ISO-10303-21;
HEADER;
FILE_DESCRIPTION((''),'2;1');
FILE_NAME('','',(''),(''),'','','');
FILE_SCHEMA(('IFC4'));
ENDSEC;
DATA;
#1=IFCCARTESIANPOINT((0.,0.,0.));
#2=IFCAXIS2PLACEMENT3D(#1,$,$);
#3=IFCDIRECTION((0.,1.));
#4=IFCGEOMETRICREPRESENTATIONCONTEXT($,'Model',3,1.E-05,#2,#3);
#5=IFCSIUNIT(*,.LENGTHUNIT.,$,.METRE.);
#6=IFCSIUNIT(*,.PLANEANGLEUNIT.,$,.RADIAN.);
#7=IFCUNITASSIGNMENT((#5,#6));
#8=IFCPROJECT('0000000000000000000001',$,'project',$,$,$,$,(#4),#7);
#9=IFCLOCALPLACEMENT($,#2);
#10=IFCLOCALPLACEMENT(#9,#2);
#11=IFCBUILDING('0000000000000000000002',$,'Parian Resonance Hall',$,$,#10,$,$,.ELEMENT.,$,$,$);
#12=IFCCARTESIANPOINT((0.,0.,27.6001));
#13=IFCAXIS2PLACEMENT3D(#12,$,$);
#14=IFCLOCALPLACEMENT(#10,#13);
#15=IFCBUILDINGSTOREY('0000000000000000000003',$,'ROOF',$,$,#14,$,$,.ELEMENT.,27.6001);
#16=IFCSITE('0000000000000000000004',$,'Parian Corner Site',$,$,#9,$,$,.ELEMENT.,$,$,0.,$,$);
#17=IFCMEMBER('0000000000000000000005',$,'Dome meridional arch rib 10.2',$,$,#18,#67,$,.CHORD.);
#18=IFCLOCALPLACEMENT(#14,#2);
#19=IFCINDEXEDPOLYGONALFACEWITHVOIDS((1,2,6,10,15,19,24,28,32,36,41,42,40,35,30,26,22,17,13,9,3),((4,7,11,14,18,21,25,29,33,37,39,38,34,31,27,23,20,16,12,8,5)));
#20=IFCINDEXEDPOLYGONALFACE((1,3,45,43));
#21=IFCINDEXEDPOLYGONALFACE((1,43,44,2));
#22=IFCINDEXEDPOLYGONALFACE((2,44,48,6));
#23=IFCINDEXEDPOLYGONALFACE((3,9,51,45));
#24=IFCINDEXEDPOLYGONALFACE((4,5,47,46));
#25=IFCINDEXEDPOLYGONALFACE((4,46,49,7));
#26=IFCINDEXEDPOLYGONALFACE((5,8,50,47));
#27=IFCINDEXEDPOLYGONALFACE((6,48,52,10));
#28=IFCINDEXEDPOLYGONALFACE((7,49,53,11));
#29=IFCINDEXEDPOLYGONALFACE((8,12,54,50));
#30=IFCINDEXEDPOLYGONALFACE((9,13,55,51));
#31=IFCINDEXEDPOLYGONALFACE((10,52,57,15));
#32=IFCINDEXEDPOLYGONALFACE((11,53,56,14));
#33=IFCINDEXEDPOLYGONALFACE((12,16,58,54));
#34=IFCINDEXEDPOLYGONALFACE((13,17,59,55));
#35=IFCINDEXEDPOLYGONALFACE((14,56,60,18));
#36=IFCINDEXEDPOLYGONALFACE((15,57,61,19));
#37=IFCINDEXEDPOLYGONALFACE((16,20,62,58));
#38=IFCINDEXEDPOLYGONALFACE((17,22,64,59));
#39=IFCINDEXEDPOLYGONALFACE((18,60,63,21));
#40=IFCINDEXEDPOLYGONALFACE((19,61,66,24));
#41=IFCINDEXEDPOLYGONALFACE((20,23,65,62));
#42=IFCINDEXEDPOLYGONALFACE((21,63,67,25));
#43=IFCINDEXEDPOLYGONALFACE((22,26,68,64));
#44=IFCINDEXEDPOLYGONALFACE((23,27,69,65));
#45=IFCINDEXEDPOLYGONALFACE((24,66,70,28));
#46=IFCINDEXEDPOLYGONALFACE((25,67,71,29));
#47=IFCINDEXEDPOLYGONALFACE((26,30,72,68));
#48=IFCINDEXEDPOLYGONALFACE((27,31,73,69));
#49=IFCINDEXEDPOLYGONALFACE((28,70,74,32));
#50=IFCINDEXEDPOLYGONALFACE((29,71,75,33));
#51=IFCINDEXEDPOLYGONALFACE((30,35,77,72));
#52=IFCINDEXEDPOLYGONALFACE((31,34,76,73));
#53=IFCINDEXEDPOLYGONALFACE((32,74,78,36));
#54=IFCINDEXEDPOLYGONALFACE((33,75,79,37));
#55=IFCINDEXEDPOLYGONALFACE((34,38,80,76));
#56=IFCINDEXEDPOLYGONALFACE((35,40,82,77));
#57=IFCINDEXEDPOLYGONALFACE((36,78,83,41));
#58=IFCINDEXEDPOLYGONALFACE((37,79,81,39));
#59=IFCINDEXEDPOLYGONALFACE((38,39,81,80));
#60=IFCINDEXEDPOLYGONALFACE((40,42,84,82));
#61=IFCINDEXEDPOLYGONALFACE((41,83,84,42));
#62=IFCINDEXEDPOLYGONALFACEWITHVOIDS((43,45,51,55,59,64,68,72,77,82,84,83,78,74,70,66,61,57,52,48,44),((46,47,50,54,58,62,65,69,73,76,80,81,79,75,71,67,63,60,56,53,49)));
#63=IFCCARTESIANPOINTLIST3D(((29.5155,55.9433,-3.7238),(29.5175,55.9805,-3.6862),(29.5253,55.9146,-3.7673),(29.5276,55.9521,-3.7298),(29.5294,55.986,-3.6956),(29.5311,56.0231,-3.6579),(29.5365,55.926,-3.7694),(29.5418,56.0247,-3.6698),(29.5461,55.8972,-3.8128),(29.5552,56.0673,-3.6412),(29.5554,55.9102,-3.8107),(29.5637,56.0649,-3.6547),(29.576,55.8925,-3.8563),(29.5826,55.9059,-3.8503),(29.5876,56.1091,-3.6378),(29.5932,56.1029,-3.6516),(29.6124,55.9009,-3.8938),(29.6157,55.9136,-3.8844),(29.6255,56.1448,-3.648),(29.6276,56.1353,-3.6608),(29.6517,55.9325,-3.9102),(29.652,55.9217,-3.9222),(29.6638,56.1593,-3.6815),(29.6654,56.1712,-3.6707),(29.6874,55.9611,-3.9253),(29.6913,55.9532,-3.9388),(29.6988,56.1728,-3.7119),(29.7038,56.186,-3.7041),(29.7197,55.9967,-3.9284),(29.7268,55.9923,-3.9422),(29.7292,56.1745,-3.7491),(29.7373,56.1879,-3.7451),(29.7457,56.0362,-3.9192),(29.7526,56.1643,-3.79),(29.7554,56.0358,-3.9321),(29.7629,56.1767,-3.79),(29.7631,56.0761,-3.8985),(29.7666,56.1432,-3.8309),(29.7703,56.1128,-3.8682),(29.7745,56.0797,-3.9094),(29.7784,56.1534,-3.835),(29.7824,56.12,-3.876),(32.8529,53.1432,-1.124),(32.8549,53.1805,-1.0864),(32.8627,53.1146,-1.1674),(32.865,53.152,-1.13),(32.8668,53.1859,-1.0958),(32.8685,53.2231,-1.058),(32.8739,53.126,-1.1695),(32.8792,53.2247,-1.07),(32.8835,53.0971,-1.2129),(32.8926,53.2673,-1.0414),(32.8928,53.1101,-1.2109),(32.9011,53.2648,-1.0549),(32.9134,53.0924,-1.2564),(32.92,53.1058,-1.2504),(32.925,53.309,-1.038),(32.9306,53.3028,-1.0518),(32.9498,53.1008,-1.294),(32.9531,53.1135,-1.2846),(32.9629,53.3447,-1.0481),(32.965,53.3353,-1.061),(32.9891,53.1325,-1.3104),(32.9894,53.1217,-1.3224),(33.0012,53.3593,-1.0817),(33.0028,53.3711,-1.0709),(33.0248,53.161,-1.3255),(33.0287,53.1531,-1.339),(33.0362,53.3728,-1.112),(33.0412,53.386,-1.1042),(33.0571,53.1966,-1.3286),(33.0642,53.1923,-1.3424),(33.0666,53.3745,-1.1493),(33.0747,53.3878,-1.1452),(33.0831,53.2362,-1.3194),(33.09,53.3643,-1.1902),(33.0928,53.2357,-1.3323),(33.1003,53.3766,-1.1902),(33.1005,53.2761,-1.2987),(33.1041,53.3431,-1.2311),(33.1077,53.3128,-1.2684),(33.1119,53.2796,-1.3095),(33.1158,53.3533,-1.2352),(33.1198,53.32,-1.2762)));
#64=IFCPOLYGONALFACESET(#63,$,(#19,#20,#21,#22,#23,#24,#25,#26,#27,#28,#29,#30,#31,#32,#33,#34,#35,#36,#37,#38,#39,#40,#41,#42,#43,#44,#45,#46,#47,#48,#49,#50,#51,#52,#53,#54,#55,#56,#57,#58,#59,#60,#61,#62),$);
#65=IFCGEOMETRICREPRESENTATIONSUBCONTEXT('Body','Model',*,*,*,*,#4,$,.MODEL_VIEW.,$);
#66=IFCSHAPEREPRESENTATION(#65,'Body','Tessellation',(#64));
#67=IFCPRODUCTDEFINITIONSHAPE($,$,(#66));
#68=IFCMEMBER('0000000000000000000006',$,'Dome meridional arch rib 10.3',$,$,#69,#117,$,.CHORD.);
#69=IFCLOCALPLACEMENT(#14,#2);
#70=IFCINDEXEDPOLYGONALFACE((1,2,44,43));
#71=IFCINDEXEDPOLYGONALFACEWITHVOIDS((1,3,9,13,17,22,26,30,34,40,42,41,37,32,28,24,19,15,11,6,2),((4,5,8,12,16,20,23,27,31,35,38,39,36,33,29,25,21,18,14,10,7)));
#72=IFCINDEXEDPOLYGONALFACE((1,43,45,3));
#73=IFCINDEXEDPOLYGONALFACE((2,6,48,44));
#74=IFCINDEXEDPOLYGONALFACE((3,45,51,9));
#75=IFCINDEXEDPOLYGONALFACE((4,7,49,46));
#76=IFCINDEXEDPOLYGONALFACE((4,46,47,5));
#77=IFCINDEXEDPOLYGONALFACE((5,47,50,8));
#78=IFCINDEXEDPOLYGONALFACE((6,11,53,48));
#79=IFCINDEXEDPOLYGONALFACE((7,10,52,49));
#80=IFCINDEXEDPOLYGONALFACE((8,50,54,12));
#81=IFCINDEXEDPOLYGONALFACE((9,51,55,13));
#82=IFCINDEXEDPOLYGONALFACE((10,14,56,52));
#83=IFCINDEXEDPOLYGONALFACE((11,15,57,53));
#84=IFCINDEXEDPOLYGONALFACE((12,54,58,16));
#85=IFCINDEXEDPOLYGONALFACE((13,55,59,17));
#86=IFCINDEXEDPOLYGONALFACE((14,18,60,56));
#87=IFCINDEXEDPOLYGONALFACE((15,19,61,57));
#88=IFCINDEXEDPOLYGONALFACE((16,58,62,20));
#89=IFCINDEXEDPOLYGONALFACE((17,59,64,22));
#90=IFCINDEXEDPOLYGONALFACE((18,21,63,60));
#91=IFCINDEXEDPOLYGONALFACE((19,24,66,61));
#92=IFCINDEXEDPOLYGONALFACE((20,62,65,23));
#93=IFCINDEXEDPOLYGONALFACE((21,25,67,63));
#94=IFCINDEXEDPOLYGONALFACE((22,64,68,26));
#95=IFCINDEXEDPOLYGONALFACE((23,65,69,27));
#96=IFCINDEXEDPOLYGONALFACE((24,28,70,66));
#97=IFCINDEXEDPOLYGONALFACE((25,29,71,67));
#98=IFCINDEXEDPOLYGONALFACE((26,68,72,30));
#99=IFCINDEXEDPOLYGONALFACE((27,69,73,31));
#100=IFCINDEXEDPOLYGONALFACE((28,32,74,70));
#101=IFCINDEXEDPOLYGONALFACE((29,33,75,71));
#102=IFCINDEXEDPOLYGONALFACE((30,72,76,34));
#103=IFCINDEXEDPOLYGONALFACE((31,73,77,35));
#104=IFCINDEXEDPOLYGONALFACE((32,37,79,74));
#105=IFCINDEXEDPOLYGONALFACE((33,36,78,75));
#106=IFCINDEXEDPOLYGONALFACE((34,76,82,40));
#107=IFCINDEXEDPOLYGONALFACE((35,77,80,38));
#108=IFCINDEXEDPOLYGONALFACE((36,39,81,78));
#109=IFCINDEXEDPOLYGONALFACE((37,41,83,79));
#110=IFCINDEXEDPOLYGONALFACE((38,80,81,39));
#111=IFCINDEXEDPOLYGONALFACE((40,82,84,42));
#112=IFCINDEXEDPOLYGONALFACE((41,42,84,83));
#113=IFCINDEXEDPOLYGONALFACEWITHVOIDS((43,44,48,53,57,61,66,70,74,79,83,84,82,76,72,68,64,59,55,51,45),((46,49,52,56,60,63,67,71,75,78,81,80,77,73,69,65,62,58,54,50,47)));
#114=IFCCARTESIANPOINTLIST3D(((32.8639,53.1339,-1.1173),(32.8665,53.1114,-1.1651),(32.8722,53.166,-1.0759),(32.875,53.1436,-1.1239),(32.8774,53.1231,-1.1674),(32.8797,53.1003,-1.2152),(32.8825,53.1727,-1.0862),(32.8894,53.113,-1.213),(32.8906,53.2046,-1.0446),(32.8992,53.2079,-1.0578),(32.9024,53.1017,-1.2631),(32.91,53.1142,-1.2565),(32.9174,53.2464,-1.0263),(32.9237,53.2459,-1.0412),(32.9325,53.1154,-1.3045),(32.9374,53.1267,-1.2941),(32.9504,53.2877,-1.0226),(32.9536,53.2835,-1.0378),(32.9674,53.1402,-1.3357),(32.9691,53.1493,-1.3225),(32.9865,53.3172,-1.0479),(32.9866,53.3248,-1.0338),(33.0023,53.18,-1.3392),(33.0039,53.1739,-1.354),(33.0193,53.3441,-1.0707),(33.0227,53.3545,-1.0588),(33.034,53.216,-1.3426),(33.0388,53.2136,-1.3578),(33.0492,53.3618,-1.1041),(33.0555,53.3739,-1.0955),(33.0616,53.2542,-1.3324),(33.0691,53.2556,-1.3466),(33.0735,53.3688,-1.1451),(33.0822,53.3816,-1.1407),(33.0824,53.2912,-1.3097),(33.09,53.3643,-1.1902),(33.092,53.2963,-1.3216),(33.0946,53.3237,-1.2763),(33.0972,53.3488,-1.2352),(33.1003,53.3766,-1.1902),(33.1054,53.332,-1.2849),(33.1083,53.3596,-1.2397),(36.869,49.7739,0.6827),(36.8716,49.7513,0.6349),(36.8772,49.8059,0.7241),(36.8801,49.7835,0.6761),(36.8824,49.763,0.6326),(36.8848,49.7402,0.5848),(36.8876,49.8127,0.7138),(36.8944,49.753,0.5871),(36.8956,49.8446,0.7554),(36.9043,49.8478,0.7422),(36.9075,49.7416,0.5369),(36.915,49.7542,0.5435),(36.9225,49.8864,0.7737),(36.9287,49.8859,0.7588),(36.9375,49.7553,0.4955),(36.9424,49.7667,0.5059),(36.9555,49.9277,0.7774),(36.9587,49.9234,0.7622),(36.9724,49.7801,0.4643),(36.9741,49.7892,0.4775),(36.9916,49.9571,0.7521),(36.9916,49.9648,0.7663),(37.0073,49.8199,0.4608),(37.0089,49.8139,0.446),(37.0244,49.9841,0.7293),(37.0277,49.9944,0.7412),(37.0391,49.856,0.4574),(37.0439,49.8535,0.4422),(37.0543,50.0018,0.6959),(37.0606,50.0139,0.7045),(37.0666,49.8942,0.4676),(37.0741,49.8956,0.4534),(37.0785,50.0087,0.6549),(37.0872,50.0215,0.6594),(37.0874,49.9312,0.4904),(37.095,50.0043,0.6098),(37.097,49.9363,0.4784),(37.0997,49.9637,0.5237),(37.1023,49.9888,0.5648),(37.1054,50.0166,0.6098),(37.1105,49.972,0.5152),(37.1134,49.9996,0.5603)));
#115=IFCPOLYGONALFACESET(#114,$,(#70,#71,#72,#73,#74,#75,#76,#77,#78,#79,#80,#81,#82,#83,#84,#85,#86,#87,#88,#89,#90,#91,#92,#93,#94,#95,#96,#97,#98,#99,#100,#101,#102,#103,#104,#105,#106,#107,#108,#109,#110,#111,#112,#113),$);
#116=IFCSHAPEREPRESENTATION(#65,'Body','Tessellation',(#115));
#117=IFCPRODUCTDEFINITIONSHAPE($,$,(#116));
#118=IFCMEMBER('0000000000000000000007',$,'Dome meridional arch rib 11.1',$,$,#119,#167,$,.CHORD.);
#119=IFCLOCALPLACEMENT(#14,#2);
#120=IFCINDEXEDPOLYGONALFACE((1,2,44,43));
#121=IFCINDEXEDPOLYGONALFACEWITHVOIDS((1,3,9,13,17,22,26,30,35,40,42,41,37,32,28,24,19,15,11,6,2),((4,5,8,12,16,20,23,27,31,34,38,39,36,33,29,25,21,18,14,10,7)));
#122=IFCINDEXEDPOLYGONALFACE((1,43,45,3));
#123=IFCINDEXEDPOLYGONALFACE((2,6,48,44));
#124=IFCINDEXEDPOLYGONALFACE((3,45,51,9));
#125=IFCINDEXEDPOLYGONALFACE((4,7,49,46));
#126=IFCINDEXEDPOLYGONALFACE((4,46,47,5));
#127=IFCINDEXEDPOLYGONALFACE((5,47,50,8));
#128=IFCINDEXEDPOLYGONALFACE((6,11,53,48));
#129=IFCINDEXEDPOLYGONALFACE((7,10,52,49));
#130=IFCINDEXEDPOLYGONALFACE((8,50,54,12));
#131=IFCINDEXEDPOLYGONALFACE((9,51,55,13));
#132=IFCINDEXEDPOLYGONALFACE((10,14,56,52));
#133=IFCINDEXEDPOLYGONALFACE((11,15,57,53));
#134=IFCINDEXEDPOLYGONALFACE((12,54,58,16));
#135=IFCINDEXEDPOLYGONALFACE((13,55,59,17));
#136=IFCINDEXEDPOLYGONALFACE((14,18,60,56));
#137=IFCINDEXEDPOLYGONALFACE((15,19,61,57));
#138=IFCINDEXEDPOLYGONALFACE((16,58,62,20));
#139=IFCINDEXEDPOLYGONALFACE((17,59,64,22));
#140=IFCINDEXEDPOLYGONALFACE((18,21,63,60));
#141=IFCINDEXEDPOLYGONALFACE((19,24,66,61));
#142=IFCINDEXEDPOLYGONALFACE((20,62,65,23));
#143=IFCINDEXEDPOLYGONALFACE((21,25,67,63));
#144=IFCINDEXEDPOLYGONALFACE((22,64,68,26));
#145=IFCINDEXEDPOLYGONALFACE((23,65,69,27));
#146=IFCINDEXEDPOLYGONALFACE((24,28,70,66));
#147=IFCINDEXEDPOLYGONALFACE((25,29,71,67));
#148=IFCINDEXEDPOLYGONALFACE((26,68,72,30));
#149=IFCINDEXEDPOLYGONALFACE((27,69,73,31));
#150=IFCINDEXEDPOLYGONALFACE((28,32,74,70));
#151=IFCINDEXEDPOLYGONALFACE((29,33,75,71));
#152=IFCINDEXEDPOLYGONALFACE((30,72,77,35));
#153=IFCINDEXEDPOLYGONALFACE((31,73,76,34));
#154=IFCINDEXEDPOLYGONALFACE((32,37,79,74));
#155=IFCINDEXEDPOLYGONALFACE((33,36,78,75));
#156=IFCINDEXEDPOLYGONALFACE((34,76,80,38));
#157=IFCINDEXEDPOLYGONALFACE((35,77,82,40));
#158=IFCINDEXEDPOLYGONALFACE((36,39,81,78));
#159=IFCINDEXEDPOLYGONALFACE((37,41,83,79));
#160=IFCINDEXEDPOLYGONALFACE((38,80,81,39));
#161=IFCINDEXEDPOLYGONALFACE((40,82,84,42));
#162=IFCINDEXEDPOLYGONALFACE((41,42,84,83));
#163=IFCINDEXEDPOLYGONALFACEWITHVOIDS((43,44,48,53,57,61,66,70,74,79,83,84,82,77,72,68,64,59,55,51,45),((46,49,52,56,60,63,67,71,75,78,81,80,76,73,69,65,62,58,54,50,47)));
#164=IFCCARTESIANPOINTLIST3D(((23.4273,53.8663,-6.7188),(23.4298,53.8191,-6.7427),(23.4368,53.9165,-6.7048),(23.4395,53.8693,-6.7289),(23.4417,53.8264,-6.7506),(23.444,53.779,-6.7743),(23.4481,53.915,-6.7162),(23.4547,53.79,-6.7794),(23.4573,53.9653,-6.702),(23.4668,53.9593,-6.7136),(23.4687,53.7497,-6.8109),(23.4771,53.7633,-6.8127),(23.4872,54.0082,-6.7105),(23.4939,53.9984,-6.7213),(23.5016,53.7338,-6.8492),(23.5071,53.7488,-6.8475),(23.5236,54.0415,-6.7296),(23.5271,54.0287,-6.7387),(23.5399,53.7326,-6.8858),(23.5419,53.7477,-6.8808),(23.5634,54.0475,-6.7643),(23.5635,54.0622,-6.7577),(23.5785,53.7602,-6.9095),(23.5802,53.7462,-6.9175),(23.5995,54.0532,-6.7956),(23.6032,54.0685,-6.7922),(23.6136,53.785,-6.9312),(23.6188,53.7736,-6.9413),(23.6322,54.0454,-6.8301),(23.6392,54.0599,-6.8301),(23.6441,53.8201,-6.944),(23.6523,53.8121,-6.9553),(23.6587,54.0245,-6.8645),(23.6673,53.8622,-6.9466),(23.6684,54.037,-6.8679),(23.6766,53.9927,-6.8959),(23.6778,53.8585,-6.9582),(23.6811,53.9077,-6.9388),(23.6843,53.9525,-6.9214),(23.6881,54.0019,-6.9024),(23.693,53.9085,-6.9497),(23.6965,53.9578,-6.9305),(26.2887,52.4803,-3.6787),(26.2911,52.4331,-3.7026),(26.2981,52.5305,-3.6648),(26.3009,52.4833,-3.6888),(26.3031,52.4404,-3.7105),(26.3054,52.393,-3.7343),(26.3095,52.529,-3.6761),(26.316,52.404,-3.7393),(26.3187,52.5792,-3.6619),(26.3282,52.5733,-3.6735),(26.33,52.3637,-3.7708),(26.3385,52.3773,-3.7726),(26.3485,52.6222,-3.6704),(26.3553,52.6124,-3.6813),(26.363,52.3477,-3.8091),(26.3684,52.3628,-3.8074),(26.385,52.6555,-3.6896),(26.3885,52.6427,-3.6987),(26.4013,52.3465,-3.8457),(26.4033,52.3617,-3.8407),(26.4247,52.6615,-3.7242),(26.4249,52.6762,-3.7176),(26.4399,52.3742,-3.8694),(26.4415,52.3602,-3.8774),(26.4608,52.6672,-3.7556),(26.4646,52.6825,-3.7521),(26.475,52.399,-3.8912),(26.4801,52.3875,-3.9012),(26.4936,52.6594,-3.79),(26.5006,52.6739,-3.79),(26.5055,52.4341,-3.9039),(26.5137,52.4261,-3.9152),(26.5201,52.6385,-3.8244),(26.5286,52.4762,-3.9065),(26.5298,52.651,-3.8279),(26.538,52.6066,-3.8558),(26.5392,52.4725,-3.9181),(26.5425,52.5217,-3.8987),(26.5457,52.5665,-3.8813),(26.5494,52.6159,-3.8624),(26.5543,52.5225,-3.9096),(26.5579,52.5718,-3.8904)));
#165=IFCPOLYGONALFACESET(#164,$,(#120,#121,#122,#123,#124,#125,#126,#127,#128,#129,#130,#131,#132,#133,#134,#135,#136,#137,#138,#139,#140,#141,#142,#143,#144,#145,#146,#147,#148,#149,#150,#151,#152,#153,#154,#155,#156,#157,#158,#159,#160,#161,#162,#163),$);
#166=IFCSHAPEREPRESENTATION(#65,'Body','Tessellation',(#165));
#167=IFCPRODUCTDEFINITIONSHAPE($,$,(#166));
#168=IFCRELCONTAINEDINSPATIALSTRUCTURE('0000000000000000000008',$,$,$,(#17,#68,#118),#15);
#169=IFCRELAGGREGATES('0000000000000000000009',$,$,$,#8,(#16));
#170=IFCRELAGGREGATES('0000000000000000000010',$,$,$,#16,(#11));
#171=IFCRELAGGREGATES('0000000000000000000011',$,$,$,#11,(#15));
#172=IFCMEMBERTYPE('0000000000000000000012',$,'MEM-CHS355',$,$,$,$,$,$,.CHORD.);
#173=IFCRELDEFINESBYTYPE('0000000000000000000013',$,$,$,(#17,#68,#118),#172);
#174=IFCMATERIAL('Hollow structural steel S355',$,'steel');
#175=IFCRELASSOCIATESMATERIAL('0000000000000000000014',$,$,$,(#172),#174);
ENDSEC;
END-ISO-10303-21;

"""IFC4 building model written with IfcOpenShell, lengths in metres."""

from ifc_helpers import new_model, si_unit, direction, frame, origin, origin_2d, place, context, subcontext, project, spatial, hollow_circle, extrude, material, material_profile, profile_set, type_object, element, save


model = new_model("IFC4")

# Units and contexts
model_context = context("Model", 3, precision=1e-05, world=origin(), true_north=direction((0.0, 1.0)))
body_context = subcontext(model_context, "Body", "Model", "MODEL_VIEW")
ifc_project = project(units=[si_unit("LENGTHUNIT", "METRE"), si_unit("PLANEANGLEUNIT", "RADIAN")], contexts=[model_context])

# Site, building, storey
site_placement = place(None, origin())
site = spatial("IfcSite", under=ifc_project, at=site_placement, Name="Parian Corner Site", CompositionType="ELEMENT", RefElevation=0.0)
building_placement = place(site_placement, origin())
building = spatial("IfcBuilding", under=site, at=building_placement, Name="Parian Resonance Hall", CompositionType="ELEMENT")
storey_placement = place(building_placement, frame((0.0, 0.0, 27.6001)))
storey = spatial("IfcBuildingStorey", under=building, at=storey_placement, Name="ROOF", CompositionType="ELEMENT", Elevation=27.6001)

# Members
ifc_material_1 = material(Name="Hollow structural steel S355", Category="steel")
ifc_material_profile_1 = material_profile(ifc_material_1, hollow_circle(Radius=0.1777, WallThickness=0.0161, at=origin_2d()), Name="CHS355.6x16")
ifc_profile_set_1 = profile_set([ifc_material_profile_1], Name="Hollow structural steel S355")
member_type_1 = type_object("IfcMemberType", Name="MEM-CHS355", PredefinedType="CHORD", material=ifc_profile_set_1)
member_1_placement = place(storey_placement, frame((29.6487, 56.0405, -3.79), z_axis=(0.657844, -0.551925, 0.512464), x_axis=(0.642739, 0.766086, 0.0)))
element("IfcMember", 1, at=member_1_placement, inside=storey, type_object=member_type_1, Name="Dome meridional arch rib 10.2", PredefinedType="CHORD", context=body_context, shape_type="SweptSolid", body=[
    extrude(hollow_circle(Radius=0.1777, WallThickness=0.0161, at=origin_2d()), origin(), (0.0, 0.0, 1.0), 5.0732),
])
member_2_placement = place(storey_placement, frame((32.9861, 53.2405, -1.1902), z_axis=(0.724365, -0.607707, 0.325556), x_axis=(0.642721, 0.7661, 0.0)))
element("IfcMember", 2, at=member_2_placement, inside=storey, type_object=member_type_1, Name="Dome meridional arch rib 10.3", PredefinedType="CHORD", context=body_context, shape_type="SweptSolid", body=[
    extrude(hollow_circle(Radius=0.1777, WallThickness=0.0161, at=origin_2d()), origin(), (0.0, 0.0, 1.0), 5.5291),
])
member_3_placement = place(storey_placement, frame((23.5618, 53.8999, -6.8301), z_axis=(0.65047, -0.315078, 0.691097), x_axis=(0.435936, 0.899978, 0.0)))
element("IfcMember", 3, at=member_3_placement, inside=storey, type_object=member_type_1, Name="Dome meridional arch rib 11.1", PredefinedType="CHORD", context=body_context, shape_type="SweptSolid", body=[
    extrude(hollow_circle(Radius=0.1777, WallThickness=0.0161, at=origin_2d()), origin(), (0.0, 0.0, 1.0), 4.3989),
])

save(model, "model.ifc")
